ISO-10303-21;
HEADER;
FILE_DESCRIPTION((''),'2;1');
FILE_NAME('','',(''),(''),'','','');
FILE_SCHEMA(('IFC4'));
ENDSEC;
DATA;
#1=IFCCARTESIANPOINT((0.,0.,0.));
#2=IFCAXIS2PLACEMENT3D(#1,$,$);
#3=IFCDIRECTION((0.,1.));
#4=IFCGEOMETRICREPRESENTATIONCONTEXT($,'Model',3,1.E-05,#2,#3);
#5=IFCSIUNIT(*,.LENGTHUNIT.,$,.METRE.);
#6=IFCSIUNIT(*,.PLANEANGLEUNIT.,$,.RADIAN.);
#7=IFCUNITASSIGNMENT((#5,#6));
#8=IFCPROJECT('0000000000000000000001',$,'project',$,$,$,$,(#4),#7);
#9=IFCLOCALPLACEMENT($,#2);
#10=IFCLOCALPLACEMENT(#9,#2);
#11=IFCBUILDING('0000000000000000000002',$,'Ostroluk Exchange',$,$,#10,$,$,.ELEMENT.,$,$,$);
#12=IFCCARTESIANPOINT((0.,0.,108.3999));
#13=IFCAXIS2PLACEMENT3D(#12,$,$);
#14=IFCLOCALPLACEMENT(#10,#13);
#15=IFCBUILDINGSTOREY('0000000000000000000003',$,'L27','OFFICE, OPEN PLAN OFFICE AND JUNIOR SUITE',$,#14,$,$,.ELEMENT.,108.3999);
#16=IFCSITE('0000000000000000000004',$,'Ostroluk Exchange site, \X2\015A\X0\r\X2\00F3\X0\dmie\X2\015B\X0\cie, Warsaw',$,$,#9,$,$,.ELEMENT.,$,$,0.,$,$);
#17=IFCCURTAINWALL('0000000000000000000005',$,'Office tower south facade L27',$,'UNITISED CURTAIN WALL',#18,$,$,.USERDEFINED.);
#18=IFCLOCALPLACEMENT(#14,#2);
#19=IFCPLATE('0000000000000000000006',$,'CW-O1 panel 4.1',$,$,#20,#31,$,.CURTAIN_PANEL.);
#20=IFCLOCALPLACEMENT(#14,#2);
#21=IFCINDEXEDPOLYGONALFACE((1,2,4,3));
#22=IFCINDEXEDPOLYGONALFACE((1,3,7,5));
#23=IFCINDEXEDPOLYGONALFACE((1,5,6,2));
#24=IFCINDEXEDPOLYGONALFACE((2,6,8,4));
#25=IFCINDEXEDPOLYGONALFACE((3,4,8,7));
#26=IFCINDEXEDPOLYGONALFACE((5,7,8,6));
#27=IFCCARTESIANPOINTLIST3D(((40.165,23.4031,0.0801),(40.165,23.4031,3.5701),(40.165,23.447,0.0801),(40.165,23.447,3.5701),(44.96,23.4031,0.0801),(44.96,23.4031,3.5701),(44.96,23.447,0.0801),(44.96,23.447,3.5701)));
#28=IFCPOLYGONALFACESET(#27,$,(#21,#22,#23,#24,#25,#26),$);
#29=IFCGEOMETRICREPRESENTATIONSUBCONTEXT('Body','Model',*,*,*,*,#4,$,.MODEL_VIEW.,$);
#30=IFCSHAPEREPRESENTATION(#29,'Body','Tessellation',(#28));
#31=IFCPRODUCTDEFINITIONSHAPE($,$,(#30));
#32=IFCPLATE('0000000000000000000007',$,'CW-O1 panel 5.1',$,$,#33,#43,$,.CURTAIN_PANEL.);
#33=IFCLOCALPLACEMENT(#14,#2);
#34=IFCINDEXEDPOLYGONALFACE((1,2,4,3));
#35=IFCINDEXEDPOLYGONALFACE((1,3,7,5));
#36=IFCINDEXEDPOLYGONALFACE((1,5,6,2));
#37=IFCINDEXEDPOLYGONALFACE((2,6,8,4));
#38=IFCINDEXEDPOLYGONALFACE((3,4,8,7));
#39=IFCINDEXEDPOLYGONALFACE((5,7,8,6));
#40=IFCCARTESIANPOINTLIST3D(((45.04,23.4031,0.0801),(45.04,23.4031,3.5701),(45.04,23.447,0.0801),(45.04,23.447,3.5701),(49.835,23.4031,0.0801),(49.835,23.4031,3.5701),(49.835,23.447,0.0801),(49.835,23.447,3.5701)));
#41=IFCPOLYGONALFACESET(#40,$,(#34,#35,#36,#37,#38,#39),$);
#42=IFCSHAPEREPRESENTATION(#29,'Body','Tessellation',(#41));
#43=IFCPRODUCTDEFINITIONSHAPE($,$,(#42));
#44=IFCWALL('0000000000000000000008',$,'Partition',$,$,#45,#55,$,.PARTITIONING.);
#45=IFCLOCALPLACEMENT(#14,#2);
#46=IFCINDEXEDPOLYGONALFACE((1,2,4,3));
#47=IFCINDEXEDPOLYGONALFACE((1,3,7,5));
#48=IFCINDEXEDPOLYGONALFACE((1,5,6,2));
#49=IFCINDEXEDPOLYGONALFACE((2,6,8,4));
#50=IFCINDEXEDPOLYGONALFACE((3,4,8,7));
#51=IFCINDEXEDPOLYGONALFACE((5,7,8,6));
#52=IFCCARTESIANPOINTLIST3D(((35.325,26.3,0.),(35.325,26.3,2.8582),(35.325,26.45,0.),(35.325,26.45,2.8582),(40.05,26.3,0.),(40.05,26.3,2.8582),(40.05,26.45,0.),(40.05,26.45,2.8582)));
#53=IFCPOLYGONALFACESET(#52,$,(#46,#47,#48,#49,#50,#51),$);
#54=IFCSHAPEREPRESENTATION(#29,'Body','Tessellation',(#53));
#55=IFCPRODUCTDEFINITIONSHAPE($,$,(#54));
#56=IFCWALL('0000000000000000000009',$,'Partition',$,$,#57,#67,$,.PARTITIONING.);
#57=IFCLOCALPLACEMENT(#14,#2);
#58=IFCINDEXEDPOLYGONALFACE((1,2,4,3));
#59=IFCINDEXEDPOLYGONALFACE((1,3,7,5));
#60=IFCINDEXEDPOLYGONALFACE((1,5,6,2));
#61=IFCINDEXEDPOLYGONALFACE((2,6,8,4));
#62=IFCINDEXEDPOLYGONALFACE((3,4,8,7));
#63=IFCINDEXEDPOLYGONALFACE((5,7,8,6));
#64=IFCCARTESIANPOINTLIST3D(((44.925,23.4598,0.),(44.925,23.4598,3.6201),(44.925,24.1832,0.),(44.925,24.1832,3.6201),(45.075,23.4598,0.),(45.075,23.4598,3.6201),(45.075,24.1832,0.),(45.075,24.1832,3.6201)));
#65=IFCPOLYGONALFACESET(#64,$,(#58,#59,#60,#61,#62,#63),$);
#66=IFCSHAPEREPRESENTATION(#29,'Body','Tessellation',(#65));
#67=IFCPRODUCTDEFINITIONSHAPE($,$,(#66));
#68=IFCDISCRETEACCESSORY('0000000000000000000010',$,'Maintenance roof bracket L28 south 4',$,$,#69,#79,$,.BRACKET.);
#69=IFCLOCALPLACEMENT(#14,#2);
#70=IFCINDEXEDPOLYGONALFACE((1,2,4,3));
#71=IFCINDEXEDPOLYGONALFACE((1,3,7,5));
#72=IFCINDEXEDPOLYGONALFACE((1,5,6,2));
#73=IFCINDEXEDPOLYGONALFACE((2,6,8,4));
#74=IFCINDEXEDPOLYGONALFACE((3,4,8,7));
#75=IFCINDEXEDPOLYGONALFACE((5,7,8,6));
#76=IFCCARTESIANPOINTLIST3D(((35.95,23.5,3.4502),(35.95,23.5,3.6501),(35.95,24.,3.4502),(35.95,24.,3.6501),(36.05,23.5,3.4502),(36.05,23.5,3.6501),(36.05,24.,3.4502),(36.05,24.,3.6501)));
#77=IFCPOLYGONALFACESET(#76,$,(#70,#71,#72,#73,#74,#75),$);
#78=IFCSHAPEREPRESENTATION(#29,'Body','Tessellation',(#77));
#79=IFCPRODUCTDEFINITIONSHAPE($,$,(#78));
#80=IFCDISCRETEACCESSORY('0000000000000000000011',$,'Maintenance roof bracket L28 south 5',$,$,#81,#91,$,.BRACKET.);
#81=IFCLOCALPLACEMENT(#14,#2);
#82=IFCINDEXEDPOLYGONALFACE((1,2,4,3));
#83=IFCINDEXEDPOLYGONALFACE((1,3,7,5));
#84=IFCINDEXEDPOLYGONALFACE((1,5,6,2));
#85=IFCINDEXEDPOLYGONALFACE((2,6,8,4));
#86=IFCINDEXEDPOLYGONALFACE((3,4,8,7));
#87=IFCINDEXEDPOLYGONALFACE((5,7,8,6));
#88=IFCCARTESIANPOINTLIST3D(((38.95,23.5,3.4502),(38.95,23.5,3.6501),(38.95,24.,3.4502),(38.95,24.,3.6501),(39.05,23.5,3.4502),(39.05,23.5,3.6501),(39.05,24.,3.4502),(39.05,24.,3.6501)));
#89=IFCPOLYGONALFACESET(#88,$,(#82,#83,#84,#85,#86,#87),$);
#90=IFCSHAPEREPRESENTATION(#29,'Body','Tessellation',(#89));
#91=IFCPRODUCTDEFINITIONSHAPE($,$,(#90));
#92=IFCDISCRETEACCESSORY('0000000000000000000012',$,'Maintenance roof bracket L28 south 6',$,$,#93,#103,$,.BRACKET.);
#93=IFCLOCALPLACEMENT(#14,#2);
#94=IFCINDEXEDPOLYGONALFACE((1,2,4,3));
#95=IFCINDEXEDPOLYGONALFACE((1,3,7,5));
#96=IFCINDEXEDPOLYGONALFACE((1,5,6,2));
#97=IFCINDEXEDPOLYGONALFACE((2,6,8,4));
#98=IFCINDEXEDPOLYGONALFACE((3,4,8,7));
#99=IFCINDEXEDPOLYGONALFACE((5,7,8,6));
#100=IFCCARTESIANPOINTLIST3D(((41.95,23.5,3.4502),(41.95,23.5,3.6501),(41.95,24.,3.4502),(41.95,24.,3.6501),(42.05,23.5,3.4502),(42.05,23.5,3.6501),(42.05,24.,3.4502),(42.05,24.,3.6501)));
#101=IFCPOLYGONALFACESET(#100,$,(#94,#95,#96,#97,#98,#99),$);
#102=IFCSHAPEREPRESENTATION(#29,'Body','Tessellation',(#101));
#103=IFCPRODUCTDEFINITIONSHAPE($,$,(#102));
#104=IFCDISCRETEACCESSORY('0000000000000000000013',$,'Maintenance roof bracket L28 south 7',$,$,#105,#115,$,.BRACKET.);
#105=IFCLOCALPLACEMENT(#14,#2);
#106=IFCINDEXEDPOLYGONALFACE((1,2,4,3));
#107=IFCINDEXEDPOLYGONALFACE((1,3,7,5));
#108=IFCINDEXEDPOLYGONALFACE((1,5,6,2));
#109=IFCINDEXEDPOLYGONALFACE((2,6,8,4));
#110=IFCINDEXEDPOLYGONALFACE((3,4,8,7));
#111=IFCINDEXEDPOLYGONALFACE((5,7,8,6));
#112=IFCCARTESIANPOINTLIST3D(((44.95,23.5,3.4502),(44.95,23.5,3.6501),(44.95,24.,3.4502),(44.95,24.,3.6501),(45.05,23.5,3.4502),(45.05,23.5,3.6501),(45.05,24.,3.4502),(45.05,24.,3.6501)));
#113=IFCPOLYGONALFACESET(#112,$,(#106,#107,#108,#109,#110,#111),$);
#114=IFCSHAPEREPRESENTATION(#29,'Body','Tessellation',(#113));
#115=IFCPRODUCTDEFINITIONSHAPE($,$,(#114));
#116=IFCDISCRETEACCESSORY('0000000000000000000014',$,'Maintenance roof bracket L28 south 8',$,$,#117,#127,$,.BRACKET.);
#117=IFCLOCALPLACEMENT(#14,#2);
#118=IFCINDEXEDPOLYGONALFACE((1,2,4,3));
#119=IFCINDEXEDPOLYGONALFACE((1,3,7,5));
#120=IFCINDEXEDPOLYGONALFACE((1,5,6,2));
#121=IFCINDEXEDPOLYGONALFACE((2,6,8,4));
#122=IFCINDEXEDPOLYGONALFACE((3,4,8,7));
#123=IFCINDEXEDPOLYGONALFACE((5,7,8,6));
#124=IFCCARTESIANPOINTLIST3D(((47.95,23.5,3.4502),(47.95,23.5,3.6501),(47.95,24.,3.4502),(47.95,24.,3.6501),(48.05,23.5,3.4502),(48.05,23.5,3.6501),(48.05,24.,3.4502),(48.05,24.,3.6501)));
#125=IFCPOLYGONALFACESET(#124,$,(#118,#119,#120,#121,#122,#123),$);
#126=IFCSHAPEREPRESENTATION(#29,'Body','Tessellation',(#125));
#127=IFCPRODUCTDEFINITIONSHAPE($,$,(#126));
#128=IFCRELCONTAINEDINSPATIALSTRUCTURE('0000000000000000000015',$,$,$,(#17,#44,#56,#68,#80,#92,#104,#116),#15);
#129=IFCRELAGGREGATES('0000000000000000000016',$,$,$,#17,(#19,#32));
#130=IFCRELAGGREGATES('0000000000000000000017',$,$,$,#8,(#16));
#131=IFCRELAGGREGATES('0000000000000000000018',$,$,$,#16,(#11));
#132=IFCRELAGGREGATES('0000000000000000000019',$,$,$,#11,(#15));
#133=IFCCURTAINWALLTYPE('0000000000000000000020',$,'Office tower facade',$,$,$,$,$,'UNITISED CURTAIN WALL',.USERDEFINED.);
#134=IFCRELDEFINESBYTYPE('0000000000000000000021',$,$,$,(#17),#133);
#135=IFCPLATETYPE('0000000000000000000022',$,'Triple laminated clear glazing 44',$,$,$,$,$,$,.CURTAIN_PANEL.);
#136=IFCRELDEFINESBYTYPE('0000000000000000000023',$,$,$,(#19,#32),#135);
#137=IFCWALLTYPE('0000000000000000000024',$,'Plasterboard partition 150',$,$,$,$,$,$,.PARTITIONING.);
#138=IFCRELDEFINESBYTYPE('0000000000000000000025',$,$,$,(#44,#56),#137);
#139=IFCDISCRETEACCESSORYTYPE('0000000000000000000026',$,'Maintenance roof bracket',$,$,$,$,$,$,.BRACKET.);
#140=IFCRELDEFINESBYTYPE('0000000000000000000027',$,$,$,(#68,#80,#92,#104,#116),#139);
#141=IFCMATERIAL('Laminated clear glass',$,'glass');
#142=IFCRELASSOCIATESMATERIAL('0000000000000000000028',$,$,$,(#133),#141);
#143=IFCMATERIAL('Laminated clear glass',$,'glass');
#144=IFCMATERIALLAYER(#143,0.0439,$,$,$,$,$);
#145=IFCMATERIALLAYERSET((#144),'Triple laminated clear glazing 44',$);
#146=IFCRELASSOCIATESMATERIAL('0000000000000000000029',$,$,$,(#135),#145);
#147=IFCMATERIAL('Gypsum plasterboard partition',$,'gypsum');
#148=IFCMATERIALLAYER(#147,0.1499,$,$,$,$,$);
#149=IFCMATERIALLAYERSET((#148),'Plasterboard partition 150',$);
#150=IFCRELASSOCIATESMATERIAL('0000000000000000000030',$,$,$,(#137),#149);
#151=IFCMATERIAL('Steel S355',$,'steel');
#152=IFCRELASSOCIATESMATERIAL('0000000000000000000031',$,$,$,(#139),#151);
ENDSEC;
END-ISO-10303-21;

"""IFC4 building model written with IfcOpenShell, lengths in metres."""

from ifc_helpers import new_model, si_unit, direction, frame, frame_2d, origin, origin_2d, place, context, subcontext, project, spatial, rectangle, extrude, material, layer, layer_set, type_object, element, aggregate, save


model = new_model("IFC4")

# Units and contexts
model_context = context("Model", 3, precision=1e-05, world=origin(), true_north=direction((0.0, 1.0)))
body_context = subcontext(model_context, "Body", "Model", "MODEL_VIEW")
ifc_project = project(units=[si_unit("LENGTHUNIT", "METRE"), si_unit("PLANEANGLEUNIT", "RADIAN")], contexts=[model_context])

# Site, building, storey
site_placement = place(None, origin())
site = spatial("IfcSite", under=ifc_project, at=site_placement, Name="Ostroluk Exchange site, Śródmieście, Warsaw", CompositionType="ELEMENT", RefElevation=0.0)
building_placement = place(site_placement, origin())
building = spatial("IfcBuilding", under=site, at=building_placement, Name="Ostroluk Exchange", CompositionType="ELEMENT")
storey_placement = place(building_placement, frame((0.0, 0.0, 108.3999)))
storey = spatial("IfcBuildingStorey", under=building, at=storey_placement, Name="L27", Description="OFFICE, OPEN PLAN OFFICE AND JUNIOR SUITE", CompositionType="ELEMENT", Elevation=108.3999)

# Curtain wall, plates
ifc_material_1 = material(Name="Laminated clear glass", Category="glass")
curtain_wall_type = type_object("IfcCurtainWallType", Name="Office tower facade", ElementType="UNITISED CURTAIN WALL", PredefinedType="USERDEFINED", material=ifc_material_1)
curtain_wall_placement = place(storey_placement, origin())
curtain_wall = element("IfcCurtainWall", 1, at=curtain_wall_placement, inside=storey, type_object=curtain_wall_type, Name="Office tower south facade L27", ObjectType="UNITISED CURTAIN WALL", PredefinedType="USERDEFINED")
ifc_material_2 = material(Name="Laminated clear glass", Category="glass")
ifc_layer_1 = layer(ifc_material_2, 0.0439)
ifc_layer_set_1 = layer_set([ifc_layer_1], Name="Triple laminated clear glazing 44")
plate_type = type_object("IfcPlateType", Name="Triple laminated clear glazing 44", PredefinedType="CURTAIN_PANEL", material=ifc_layer_set_1)
plate_1_placement = place(storey_placement, frame((42.5625, 23.425, 0.0801), z_axis=(0.0, 0.0, 1.0), x_axis=(1.0, 0.0, 0.0)))
plate_1 = element("IfcPlate", 2, at=plate_1_placement, type_object=plate_type, Name="CW-O1 panel 4.1", PredefinedType="CURTAIN_PANEL", context=body_context, shape_type="SweptSolid", body=[
    extrude(rectangle(XDim=4.7949, YDim=0.0439, at=origin_2d()), origin(), (0.0, 0.0, 1.0), 3.49),
])
plate_2_placement = place(storey_placement, frame((47.4375, 23.425, 0.0801), z_axis=(0.0, 0.0, 1.0), x_axis=(1.0, 0.0, 0.0)))
plate_2 = element("IfcPlate", 3, at=plate_2_placement, type_object=plate_type, Name="CW-O1 panel 5.1", PredefinedType="CURTAIN_PANEL", context=body_context, shape_type="SweptSolid", body=[
    extrude(rectangle(XDim=4.7949, YDim=0.0439, at=origin_2d()), origin(), (0.0, 0.0, 1.0), 3.49),
])
aggregate(curtain_wall, [plate_1, plate_2])

# Walls
ifc_material_3 = material(Name="Gypsum plasterboard partition", Category="gypsum")
ifc_layer_2 = layer(ifc_material_3, 0.1499)
ifc_layer_set_2 = layer_set([ifc_layer_2], Name="Plasterboard partition 150")
wall_type = type_object("IfcWallType", Name="Plasterboard partition 150", PredefinedType="PARTITIONING", material=ifc_layer_set_2)
wall_1_placement = place(storey_placement, frame((35.325, 26.375, 0.0), z_axis=(0.0, 0.0, 1.0), x_axis=(1.0, 0.0, 0.0)))
element("IfcWall", 4, at=wall_1_placement, inside=storey, type_object=wall_type, Name="Partition", PredefinedType="PARTITIONING", context=body_context, shape_type="SweptSolid", body=[
    extrude(rectangle(XDim=4.7251, YDim=0.1499, at=frame_2d((2.3625, 0.0))), origin(), (0.0, 0.0, 1.0), 2.8582),
])
wall_2_placement = place(storey_placement, frame((45.0, 24.1833, 0.0), z_axis=(0.0, 0.0, 1.0), x_axis=(0.0, -1.0, 0.0)))
element("IfcWall", 5, at=wall_2_placement, inside=storey, type_object=wall_type, Name="Partition", PredefinedType="PARTITIONING", context=body_context, shape_type="SweptSolid", body=[
    extrude(rectangle(XDim=0.7234, YDim=0.1499, at=frame_2d((0.3618, 0.0))), origin(), (0.0, 0.0, 1.0), 3.6201),
])

# Discrete accessories
ifc_material_4 = material(Name="Steel S355", Category="steel")
discrete_accessory_type = type_object("IfcDiscreteAccessoryType", Name="Maintenance roof bracket", PredefinedType="BRACKET", material=ifc_material_4)
for number, where, z_axis, x_axis, name in (
    (6, (36.0, 23.75, 3.4502), (0.0, 0.0, 1.0), (1.0, 0.0, 0.0), "Maintenance roof bracket L28 south 4"),
    (7, (39.0, 23.75, 3.4502), (0.0, 0.0, 1.0), (1.0, 0.0, 0.0), "Maintenance roof bracket L28 south 5"),
    (8, (42.0, 23.75, 3.4502), (0.0, 0.0, 1.0), (1.0, 0.0, 0.0), "Maintenance roof bracket L28 south 6"),
    (9, (45.0, 23.75, 3.4502), (0.0, 0.0, 1.0), (1.0, 0.0, 0.0), "Maintenance roof bracket L28 south 7"),
    (10, (48.0, 23.75, 3.4502), (0.0, 0.0, 1.0), (1.0, 0.0, 0.0), "Maintenance roof bracket L28 south 8"),
):
    element("IfcDiscreteAccessory", number, at=place(storey_placement, frame(where, z_axis=z_axis, x_axis=x_axis)), inside=storey, type_object=discrete_accessory_type, Name=name, PredefinedType="BRACKET", context=body_context, shape_type="SweptSolid", body=[
        extrude(rectangle(XDim=0.1001, YDim=0.5, at=origin_2d()), origin(), (0.0, 0.0, 1.0), 0.2),
    ])

save(model, "model.ifc")
